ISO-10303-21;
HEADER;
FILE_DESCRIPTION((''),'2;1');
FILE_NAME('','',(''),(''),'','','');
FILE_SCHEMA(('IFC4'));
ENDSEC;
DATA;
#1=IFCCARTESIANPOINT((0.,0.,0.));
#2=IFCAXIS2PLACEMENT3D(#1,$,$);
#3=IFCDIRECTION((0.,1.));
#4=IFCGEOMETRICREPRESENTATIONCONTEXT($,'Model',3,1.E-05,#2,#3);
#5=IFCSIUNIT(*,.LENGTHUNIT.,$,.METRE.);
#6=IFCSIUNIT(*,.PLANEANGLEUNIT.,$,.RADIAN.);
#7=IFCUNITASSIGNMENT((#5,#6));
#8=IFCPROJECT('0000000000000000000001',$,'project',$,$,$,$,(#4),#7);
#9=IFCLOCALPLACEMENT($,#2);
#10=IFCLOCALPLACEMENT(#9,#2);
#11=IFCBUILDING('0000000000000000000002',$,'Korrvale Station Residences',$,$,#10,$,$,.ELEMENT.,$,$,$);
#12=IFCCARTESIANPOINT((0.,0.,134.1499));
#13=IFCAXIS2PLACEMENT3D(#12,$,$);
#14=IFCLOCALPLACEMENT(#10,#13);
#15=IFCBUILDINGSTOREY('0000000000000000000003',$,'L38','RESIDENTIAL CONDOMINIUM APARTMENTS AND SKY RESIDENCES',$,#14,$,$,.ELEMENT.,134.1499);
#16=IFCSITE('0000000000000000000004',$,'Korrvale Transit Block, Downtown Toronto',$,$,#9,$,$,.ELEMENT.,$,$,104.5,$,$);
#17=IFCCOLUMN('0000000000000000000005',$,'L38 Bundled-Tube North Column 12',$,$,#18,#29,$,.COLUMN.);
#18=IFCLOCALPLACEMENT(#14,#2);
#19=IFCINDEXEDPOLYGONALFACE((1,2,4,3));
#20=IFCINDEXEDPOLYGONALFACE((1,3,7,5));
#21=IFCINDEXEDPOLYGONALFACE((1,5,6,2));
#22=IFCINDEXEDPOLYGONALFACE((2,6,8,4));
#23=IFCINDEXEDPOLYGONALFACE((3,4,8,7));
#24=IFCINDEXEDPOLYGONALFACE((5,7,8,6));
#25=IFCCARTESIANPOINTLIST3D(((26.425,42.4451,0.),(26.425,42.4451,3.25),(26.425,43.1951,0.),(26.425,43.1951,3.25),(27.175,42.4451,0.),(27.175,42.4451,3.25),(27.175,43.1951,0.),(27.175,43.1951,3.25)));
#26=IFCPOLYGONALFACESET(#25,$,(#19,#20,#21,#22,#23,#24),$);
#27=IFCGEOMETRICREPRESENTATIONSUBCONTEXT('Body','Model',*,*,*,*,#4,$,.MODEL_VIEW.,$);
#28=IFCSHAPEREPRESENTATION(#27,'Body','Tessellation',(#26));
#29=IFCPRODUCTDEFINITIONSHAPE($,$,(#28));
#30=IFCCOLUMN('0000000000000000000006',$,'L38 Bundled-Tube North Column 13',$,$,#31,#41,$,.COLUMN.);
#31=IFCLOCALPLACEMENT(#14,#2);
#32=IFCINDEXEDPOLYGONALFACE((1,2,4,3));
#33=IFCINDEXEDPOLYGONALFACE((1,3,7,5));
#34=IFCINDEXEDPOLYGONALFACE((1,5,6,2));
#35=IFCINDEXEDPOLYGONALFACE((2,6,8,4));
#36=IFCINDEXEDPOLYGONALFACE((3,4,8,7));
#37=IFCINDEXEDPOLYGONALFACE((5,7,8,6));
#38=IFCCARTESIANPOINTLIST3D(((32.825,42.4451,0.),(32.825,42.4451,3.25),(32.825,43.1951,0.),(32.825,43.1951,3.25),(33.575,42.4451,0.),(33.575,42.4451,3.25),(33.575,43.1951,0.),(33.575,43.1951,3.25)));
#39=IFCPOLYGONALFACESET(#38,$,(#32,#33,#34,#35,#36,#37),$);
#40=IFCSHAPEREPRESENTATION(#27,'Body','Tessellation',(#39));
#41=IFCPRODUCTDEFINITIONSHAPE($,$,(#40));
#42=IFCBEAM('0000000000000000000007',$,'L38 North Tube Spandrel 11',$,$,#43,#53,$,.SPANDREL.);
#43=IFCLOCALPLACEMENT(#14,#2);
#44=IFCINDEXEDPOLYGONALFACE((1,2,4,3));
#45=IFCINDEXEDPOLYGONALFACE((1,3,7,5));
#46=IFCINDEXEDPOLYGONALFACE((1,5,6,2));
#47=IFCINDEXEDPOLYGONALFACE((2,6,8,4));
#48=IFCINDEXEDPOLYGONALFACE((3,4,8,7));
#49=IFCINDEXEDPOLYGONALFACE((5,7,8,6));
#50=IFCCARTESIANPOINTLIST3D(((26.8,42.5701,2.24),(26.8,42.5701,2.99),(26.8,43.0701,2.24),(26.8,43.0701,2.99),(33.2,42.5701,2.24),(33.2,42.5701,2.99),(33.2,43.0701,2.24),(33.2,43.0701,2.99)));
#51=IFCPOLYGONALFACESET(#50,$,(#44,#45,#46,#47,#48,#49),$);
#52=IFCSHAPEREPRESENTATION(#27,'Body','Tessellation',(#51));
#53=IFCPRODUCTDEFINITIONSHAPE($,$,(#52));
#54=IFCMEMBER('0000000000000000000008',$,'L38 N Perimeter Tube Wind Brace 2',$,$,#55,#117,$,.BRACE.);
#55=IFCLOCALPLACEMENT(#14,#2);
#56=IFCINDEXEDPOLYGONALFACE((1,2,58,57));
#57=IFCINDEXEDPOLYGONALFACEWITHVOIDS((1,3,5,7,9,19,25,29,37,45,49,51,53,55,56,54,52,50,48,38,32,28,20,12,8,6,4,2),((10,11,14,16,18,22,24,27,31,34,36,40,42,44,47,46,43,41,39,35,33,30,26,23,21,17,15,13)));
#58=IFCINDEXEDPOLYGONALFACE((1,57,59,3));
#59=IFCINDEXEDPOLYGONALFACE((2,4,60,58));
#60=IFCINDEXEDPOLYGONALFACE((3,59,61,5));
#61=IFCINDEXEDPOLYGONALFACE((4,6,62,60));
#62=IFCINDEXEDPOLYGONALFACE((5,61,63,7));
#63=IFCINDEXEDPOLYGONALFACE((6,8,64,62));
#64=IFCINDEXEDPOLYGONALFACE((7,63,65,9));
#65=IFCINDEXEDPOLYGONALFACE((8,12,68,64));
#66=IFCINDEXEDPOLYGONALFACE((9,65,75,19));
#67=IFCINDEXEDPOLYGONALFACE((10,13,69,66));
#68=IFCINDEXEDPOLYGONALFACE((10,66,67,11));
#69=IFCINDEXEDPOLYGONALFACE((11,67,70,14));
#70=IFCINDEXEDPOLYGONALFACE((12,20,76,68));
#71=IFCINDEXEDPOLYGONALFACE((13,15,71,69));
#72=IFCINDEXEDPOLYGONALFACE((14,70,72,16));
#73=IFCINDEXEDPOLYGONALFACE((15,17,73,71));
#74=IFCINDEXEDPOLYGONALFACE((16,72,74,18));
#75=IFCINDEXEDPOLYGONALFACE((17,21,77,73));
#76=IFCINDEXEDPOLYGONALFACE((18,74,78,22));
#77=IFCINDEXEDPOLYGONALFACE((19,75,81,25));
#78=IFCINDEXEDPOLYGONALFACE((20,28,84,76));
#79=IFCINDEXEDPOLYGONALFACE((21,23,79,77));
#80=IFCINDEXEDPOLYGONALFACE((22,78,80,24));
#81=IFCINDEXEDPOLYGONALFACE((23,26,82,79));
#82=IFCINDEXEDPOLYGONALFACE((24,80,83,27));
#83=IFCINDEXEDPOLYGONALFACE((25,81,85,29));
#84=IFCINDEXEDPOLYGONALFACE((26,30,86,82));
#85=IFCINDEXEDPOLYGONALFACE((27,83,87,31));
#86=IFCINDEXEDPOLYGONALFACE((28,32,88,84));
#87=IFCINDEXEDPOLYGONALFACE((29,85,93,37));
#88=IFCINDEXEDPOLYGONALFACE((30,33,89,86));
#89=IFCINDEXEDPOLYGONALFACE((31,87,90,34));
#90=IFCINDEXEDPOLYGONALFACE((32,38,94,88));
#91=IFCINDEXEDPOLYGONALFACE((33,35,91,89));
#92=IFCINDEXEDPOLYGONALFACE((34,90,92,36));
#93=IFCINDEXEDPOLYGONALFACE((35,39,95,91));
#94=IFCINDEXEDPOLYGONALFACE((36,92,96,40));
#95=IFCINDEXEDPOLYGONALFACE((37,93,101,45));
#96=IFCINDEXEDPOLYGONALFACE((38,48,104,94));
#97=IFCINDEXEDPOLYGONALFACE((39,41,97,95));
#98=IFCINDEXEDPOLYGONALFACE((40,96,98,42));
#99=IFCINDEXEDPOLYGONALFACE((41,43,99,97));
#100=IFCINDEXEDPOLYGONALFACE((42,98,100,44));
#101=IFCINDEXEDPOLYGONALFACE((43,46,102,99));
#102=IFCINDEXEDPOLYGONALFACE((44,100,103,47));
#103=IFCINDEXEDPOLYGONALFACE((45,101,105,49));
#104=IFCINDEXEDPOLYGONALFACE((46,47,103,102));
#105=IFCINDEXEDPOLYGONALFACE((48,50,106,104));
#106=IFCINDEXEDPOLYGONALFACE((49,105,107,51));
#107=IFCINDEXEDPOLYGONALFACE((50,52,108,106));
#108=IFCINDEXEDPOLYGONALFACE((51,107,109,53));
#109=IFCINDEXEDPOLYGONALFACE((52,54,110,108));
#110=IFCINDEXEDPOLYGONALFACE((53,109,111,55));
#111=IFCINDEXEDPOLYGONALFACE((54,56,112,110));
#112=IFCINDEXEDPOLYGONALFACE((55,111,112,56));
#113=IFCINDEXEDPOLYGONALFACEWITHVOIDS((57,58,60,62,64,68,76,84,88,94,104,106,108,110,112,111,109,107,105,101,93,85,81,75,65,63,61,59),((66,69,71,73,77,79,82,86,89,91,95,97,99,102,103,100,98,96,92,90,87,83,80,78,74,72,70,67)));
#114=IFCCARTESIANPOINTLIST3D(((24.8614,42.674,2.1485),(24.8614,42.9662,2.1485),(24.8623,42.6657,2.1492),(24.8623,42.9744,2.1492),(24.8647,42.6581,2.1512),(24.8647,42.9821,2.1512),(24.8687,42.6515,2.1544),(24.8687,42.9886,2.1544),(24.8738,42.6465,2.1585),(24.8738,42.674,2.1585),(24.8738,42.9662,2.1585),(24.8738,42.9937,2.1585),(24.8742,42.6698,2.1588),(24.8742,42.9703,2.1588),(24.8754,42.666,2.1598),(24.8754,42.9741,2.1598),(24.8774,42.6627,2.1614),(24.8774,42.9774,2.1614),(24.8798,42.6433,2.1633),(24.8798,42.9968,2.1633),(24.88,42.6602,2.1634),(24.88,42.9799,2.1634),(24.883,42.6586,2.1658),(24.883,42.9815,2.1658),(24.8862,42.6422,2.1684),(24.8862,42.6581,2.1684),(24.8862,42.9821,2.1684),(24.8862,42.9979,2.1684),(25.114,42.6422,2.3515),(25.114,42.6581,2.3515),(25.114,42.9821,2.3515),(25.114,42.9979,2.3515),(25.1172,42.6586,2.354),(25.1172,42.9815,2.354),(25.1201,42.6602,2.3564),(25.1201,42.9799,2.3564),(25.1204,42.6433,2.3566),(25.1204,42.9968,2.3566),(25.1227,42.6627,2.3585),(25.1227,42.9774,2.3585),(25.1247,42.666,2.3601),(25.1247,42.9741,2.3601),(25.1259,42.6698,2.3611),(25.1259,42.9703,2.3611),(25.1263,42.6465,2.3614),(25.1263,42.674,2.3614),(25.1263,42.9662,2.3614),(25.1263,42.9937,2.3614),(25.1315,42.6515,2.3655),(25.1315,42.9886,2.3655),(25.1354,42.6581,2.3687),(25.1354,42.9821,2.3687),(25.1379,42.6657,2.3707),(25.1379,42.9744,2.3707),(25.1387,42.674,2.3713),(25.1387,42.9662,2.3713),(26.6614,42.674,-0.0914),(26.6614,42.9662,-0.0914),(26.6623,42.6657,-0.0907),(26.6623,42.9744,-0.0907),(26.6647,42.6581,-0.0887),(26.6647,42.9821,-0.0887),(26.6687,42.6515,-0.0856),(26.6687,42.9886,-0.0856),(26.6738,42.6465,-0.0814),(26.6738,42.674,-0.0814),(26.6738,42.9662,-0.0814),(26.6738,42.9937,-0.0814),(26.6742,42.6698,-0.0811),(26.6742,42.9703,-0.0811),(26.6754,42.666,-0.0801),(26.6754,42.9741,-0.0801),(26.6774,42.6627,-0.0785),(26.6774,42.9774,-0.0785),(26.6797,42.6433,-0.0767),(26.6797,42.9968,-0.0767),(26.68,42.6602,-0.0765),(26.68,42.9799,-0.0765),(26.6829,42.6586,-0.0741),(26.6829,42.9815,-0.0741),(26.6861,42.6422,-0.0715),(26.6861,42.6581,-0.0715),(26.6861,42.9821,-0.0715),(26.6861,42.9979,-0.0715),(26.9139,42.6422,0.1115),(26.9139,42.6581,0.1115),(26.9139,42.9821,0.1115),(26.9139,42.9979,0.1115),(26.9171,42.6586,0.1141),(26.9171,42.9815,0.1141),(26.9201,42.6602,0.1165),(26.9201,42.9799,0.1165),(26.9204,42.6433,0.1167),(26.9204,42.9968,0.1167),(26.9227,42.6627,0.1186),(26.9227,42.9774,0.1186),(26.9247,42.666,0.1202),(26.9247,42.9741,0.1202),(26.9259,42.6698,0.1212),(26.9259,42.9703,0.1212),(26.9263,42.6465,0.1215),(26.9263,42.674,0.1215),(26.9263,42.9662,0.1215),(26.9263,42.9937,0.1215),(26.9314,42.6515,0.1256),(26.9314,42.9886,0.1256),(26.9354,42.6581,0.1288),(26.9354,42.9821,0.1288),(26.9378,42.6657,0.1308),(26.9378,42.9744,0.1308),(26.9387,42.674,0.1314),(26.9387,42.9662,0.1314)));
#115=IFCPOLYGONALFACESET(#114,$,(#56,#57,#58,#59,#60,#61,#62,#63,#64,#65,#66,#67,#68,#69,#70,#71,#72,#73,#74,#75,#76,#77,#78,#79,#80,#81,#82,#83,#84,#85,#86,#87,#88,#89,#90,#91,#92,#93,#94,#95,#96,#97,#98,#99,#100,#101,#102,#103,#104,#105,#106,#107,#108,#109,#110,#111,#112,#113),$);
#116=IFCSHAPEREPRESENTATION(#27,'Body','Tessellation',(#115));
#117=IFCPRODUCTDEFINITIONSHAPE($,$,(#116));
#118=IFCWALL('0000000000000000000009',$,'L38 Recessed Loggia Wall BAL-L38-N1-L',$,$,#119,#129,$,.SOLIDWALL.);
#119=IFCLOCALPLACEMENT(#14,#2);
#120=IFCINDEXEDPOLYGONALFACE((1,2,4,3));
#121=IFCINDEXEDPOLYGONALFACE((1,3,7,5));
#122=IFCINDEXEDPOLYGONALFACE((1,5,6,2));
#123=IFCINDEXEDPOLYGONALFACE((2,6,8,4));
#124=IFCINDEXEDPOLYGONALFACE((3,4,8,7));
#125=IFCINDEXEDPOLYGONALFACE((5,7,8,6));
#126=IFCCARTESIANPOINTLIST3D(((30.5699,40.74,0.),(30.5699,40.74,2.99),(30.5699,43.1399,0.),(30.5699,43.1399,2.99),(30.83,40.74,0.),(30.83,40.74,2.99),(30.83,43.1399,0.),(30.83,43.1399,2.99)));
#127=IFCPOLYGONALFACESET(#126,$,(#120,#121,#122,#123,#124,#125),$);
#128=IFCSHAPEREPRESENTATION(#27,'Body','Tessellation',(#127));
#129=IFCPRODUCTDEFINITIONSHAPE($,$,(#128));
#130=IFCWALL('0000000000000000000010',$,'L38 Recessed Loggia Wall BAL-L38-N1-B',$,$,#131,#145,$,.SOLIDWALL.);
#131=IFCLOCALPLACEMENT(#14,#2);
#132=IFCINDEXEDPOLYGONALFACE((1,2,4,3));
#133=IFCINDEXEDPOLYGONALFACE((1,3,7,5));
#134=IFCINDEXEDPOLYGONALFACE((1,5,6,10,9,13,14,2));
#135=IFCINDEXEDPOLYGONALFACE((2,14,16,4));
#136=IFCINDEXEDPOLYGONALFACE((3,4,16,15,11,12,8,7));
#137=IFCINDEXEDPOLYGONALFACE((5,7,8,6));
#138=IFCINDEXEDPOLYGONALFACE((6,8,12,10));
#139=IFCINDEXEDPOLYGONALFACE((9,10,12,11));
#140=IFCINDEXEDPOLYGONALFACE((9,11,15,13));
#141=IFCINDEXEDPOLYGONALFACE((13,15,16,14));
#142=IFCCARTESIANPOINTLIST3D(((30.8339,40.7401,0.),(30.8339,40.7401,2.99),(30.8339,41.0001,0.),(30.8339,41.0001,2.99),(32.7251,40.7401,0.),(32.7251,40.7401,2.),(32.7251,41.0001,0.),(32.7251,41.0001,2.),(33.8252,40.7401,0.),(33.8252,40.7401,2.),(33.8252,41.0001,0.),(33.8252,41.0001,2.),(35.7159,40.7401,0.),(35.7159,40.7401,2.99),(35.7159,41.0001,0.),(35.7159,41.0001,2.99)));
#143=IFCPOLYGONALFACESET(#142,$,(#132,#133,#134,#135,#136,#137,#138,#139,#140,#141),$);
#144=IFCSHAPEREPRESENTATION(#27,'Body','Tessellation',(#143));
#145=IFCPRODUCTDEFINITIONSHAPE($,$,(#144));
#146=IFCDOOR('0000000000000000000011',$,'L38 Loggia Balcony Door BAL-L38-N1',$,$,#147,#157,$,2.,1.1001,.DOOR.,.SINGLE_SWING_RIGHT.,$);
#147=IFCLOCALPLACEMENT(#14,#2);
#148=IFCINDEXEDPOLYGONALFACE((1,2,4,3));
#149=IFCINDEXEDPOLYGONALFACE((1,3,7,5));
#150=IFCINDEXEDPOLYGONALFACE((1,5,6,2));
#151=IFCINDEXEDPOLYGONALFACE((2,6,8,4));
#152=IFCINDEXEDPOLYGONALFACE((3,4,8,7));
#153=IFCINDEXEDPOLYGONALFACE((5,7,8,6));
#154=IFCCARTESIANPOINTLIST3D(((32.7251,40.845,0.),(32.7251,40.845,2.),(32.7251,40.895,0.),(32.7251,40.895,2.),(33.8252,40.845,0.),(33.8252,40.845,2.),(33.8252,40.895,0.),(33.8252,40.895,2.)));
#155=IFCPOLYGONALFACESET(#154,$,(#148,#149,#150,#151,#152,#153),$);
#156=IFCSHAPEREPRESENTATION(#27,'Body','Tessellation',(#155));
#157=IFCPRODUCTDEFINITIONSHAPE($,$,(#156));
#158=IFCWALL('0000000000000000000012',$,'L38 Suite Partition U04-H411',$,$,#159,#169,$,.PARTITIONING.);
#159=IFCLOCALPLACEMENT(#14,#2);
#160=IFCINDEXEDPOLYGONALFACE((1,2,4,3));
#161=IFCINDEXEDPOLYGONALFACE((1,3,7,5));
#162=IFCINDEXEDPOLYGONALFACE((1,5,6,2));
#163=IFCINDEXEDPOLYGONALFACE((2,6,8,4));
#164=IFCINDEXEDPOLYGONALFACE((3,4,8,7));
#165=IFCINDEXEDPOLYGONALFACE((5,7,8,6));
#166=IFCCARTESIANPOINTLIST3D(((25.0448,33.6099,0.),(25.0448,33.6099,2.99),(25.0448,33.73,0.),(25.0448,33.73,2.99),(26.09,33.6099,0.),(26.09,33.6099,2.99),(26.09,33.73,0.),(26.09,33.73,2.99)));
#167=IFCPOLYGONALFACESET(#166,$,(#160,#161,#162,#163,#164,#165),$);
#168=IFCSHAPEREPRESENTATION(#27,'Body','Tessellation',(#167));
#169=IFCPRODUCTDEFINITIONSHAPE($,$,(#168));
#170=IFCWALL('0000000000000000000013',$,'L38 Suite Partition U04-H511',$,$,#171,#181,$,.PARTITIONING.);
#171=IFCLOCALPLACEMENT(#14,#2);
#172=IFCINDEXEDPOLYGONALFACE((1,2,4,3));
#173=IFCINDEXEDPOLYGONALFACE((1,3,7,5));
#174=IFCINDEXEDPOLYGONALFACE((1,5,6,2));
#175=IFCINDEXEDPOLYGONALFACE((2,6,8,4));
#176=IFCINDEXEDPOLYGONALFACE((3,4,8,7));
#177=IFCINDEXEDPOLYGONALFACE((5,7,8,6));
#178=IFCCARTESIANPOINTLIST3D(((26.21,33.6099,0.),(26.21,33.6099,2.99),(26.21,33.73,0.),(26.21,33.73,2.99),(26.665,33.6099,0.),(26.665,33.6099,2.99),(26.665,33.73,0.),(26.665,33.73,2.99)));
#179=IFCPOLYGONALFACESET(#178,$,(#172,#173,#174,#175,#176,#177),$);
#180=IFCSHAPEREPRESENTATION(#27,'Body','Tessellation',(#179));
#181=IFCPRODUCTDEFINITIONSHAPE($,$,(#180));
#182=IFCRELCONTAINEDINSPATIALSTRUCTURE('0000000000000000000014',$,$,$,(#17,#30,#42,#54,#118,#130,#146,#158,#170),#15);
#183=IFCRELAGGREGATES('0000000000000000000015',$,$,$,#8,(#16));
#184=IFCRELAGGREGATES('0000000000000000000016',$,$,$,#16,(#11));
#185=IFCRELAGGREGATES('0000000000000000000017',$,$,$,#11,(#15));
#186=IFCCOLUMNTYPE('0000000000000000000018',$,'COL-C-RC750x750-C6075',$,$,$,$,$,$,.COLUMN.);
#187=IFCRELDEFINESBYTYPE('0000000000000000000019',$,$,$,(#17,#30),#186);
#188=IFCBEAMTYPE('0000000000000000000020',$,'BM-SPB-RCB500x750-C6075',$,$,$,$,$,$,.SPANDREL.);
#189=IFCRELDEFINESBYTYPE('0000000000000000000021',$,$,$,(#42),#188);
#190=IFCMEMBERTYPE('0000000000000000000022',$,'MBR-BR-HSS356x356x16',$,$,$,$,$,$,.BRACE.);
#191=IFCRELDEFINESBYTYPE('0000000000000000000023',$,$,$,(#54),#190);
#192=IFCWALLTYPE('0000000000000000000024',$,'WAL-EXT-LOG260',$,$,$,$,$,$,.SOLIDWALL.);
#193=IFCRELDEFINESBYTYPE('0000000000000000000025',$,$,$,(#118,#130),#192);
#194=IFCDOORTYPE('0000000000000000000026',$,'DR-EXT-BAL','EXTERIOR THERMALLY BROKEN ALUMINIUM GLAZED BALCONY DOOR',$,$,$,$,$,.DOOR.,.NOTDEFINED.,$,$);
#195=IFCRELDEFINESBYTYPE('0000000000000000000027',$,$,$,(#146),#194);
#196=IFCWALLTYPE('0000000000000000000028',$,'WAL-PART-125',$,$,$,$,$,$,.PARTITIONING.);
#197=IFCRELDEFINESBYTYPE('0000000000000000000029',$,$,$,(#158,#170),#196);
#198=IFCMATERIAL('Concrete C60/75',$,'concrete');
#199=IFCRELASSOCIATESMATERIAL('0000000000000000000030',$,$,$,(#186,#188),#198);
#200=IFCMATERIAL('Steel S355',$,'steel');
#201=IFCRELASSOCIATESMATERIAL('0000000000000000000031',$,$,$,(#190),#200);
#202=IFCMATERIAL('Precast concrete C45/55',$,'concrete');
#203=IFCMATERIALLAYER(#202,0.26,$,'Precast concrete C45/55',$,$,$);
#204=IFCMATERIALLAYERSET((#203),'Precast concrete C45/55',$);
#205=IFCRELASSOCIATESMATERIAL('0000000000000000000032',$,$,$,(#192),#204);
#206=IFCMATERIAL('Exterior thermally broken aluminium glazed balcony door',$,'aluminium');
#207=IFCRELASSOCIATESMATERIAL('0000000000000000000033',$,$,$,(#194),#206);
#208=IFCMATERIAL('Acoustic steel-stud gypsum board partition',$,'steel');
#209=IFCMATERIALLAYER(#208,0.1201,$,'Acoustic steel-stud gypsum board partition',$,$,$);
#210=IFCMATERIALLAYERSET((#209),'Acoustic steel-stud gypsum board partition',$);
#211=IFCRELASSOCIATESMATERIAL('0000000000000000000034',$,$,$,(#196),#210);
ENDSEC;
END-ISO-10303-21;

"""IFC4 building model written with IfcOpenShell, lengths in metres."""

from ifc_helpers import new_model, si_unit, direction, frame, frame_2d, origin, origin_2d, place, context, subcontext, project, spatial, rectangle, hollow_rectangle, extrude, material, layer, layer_set, material_profile, profile_set, type_object, element, fill, save


model = new_model("IFC4")

# Units and contexts
model_context = context("Model", 3, precision=1e-05, world=origin(), true_north=direction((0.0, 1.0)))
body_context = subcontext(model_context, "Body", "Model", "MODEL_VIEW")
ifc_project = project(units=[si_unit("LENGTHUNIT", "METRE"), si_unit("PLANEANGLEUNIT", "RADIAN")], contexts=[model_context])

# Site, building, storey
site_placement = place(None, origin())
site = spatial("IfcSite", under=ifc_project, at=site_placement, Name="Korrvale Transit Block, Downtown Toronto", CompositionType="ELEMENT", RefElevation=104.5)
building_placement = place(site_placement, origin())
building = spatial("IfcBuilding", under=site, at=building_placement, Name="Korrvale Station Residences", CompositionType="ELEMENT")
storey_placement = place(building_placement, frame((0.0, 0.0, 134.1499)))
storey = spatial("IfcBuildingStorey", under=building, at=storey_placement, Name="L38", Description="RESIDENTIAL CONDOMINIUM APARTMENTS AND SKY RESIDENCES", CompositionType="ELEMENT", Elevation=134.1499)

# Columns
ifc_material_1 = material(Name="Concrete C60/75", Category="concrete")
ifc_material_profile_1 = material_profile(ifc_material_1, rectangle(XDim=0.75, YDim=0.75, at=origin_2d()), Name="RC750x750")
ifc_profile_set_1 = profile_set([ifc_material_profile_1], Name="Concrete C60/75")
column_type = type_object("IfcColumnType", Name="COL-C-RC750x750-C6075", PredefinedType="COLUMN", material=ifc_profile_set_1)
for number, where, z_axis, x_axis, name in (
    (1, (26.8, 42.8201, 0.0), (0.0, 0.0, 1.0), (1.0, 0.0, 0.0), "L38 Bundled-Tube North Column 12"),
    (2, (33.2, 42.8201, 0.0), (0.0, 0.0, 1.0), (1.0, 0.0, 0.0), "L38 Bundled-Tube North Column 13"),
):
    element("IfcColumn", number, at=place(storey_placement, frame(where, z_axis=z_axis, x_axis=x_axis)), inside=storey, type_object=column_type, Name=name, PredefinedType="COLUMN", context=body_context, shape_type="SweptSolid", body=[
        extrude(rectangle(XDim=0.75, YDim=0.75, at=origin_2d()), origin(), (0.0, 0.0, 1.0), 3.25),
    ])

# Beam
ifc_material_profile_2 = material_profile(ifc_material_1, rectangle(XDim=0.5, YDim=0.75, at=origin_2d()), Name="RCB500x750")
ifc_profile_set_2 = profile_set([ifc_material_profile_2], Name="Concrete C60/75")
beam_type = type_object("IfcBeamType", Name="BM-SPB-RCB500x750-C6075", PredefinedType="SPANDREL", material=ifc_profile_set_2)
beam_placement = place(storey_placement, frame((26.8, 42.8201, 2.615), z_axis=(1.0, 0.0, 0.0), x_axis=(0.0, 1.0, 0.0)))
element("IfcBeam", 3, at=beam_placement, inside=storey, type_object=beam_type, Name="L38 North Tube Spandrel 11", PredefinedType="SPANDREL", context=body_context, shape_type="SweptSolid", body=[
    extrude(rectangle(XDim=0.5, YDim=0.75, at=origin_2d()), origin(), (0.0, 0.0, 1.0), 6.3999),
])

# Member
ifc_material_2 = material(Name="Steel S355", Category="steel")
ifc_material_profile_3 = material_profile(ifc_material_2, hollow_rectangle(XDim=0.3557, YDim=0.3557, WallThickness=0.0159, InnerFilletRadius=0.0159, OuterFilletRadius=0.0317, at=origin_2d()), Name="HSS356x356x16")
ifc_profile_set_3 = profile_set([ifc_material_profile_3], Name="Steel S355")
member_type = type_object("IfcMemberType", Name="MBR-BR-HSS356x356x16", PredefinedType="BRACE", material=ifc_profile_set_3)
member_placement = place(storey_placement, frame((26.8, 42.8201, 0.02), z_axis=(-0.626403, 0.0, 0.779499), x_axis=(0.0, -1.0, 0.0)))
element("IfcMember", 4, at=member_placement, inside=storey, type_object=member_type, Name="L38 N Perimeter Tube Wind Brace 2", PredefinedType="BRACE", context=body_context, shape_type="SweptSolid", body=[
    extrude(hollow_rectangle(XDim=0.3557, YDim=0.3557, WallThickness=0.0159, InnerFilletRadius=0.0159, OuterFilletRadius=0.0317, at=origin_2d()), origin(), (0.0, 0.0, 1.0), 2.8735),
])

# Wall
ifc_material_3 = material(Name="Precast concrete C45/55", Category="concrete")
ifc_layer_1 = layer(ifc_material_3, 0.26, Name="Precast concrete C45/55")
ifc_layer_set_1 = layer_set([ifc_layer_1], Name="Precast concrete C45/55")
wall_type_1 = type_object("IfcWallType", Name="WAL-EXT-LOG260", PredefinedType="SOLIDWALL", material=ifc_layer_set_1)
wall_1_placement = place(storey_placement, frame((30.7, 43.1399, 0.0), z_axis=(0.0, 0.0, 1.0), x_axis=(0.0, -1.0, 0.0)))
element("IfcWall", 5, at=wall_1_placement, inside=storey, type_object=wall_type_1, Name="L38 Recessed Loggia Wall BAL-L38-N1-L", PredefinedType="SOLIDWALL", context=body_context, shape_type="SweptSolid", body=[
    extrude(rectangle(XDim=2.3999, YDim=0.26, at=frame_2d((1.2, 0.0))), origin(), (0.0, 0.0, 1.0), 2.99),
])

# Wall, opening, door
wall_2_placement = place(storey_placement, frame((30.834, 40.8701, 0.0), z_axis=(0.0, 0.0, 1.0), x_axis=(1.0, 0.0, 0.0)))
wall_2 = element("IfcWall", 6, at=wall_2_placement, inside=storey, type_object=wall_type_1, Name="L38 Recessed Loggia Wall BAL-L38-N1-B", PredefinedType="SOLIDWALL", context=body_context, shape_type="SweptSolid", body=[
    extrude(rectangle(XDim=4.8821, YDim=0.26, at=frame_2d((2.4409, 0.0))), origin(), (0.0, 0.0, 1.0), 2.99),
])
opening_1_placement = place(wall_2_placement, frame((1.8911, 0.0, 0.0)))
opening_1 = element("IfcOpeningElement", 7, at=opening_1_placement, cuts=wall_2, PredefinedType="OPENING", context=body_context, shape_type="SweptSolid", body=[
    extrude(rectangle(XDim=1.1001, YDim=2.0, at=frame_2d((0.55, 1.0))), frame((0.0, 0.1401, 0.0), z_axis=(0.0, -1.0, 0.0), x_axis=(1.0, 0.0, 0.0)), (0.0, 0.0, 1.0), 0.28),
])
ifc_material_4 = material(Name="Exterior thermally broken aluminium glazed balcony door", Category="aluminium")
door_type_1 = type_object("IfcDoorType", Name="DR-EXT-BAL", Description="EXTERIOR THERMALLY BROKEN ALUMINIUM GLAZED BALCONY DOOR", OperationType="NOTDEFINED", PredefinedType="DOOR", material=ifc_material_4)
door_1_placement = place(opening_1_placement, origin())
door_1 = element("IfcDoor", 8, at=door_1_placement, inside=storey, type_object=door_type_1, Name="L38 Loggia Balcony Door BAL-L38-N1", OperationType="SINGLE_SWING_RIGHT", OverallHeight=2.0, OverallWidth=1.1001, PredefinedType="DOOR", context=body_context, shape_type="SweptSolid", body=[
    extrude(rectangle(XDim=1.1001, YDim=2.0, at=frame_2d((0.55, 1.0))), frame((0.0, 0.0249, 0.0), z_axis=(0.0, -1.0, 0.0), x_axis=(1.0, 0.0, 0.0)), (0.0, 0.0, 1.0), 0.05),
])
fill(opening_1, door_1)

# Walls
ifc_material_5 = material(Name="Acoustic steel-stud gypsum board partition", Category="steel")
ifc_layer_2 = layer(ifc_material_5, 0.1201, Name="Acoustic steel-stud gypsum board partition")
ifc_layer_set_2 = layer_set([ifc_layer_2], Name="Acoustic steel-stud gypsum board partition")
wall_type_2 = type_object("IfcWallType", Name="WAL-PART-125", PredefinedType="PARTITIONING", material=ifc_layer_set_2)
wall_3_placement = place(storey_placement, frame((25.0449, 33.6699, 0.0), z_axis=(0.0, 0.0, 1.0), x_axis=(1.0, 0.0, 0.0)))
element("IfcWall", 9, at=wall_3_placement, inside=storey, type_object=wall_type_2, Name="L38 Suite Partition U04-H411", PredefinedType="PARTITIONING", context=body_context, shape_type="SweptSolid", body=[
    extrude(rectangle(XDim=1.0452, YDim=0.1201, at=frame_2d((0.5225, 0.0))), origin(), (0.0, 0.0, 1.0), 2.99),
])
wall_4_placement = place(storey_placement, frame((26.21, 33.6699, 0.0), z_axis=(0.0, 0.0, 1.0), x_axis=(1.0, 0.0, 0.0)))
element("IfcWall", 10, at=wall_4_placement, inside=storey, type_object=wall_type_2, Name="L38 Suite Partition U04-H511", PredefinedType="PARTITIONING", context=body_context, shape_type="SweptSolid", body=[
    extrude(rectangle(XDim=0.4551, YDim=0.1201, at=frame_2d((0.2275, 0.0))), origin(), (0.0, 0.0, 1.0), 2.99),
])

save(model, "model.ifc")
